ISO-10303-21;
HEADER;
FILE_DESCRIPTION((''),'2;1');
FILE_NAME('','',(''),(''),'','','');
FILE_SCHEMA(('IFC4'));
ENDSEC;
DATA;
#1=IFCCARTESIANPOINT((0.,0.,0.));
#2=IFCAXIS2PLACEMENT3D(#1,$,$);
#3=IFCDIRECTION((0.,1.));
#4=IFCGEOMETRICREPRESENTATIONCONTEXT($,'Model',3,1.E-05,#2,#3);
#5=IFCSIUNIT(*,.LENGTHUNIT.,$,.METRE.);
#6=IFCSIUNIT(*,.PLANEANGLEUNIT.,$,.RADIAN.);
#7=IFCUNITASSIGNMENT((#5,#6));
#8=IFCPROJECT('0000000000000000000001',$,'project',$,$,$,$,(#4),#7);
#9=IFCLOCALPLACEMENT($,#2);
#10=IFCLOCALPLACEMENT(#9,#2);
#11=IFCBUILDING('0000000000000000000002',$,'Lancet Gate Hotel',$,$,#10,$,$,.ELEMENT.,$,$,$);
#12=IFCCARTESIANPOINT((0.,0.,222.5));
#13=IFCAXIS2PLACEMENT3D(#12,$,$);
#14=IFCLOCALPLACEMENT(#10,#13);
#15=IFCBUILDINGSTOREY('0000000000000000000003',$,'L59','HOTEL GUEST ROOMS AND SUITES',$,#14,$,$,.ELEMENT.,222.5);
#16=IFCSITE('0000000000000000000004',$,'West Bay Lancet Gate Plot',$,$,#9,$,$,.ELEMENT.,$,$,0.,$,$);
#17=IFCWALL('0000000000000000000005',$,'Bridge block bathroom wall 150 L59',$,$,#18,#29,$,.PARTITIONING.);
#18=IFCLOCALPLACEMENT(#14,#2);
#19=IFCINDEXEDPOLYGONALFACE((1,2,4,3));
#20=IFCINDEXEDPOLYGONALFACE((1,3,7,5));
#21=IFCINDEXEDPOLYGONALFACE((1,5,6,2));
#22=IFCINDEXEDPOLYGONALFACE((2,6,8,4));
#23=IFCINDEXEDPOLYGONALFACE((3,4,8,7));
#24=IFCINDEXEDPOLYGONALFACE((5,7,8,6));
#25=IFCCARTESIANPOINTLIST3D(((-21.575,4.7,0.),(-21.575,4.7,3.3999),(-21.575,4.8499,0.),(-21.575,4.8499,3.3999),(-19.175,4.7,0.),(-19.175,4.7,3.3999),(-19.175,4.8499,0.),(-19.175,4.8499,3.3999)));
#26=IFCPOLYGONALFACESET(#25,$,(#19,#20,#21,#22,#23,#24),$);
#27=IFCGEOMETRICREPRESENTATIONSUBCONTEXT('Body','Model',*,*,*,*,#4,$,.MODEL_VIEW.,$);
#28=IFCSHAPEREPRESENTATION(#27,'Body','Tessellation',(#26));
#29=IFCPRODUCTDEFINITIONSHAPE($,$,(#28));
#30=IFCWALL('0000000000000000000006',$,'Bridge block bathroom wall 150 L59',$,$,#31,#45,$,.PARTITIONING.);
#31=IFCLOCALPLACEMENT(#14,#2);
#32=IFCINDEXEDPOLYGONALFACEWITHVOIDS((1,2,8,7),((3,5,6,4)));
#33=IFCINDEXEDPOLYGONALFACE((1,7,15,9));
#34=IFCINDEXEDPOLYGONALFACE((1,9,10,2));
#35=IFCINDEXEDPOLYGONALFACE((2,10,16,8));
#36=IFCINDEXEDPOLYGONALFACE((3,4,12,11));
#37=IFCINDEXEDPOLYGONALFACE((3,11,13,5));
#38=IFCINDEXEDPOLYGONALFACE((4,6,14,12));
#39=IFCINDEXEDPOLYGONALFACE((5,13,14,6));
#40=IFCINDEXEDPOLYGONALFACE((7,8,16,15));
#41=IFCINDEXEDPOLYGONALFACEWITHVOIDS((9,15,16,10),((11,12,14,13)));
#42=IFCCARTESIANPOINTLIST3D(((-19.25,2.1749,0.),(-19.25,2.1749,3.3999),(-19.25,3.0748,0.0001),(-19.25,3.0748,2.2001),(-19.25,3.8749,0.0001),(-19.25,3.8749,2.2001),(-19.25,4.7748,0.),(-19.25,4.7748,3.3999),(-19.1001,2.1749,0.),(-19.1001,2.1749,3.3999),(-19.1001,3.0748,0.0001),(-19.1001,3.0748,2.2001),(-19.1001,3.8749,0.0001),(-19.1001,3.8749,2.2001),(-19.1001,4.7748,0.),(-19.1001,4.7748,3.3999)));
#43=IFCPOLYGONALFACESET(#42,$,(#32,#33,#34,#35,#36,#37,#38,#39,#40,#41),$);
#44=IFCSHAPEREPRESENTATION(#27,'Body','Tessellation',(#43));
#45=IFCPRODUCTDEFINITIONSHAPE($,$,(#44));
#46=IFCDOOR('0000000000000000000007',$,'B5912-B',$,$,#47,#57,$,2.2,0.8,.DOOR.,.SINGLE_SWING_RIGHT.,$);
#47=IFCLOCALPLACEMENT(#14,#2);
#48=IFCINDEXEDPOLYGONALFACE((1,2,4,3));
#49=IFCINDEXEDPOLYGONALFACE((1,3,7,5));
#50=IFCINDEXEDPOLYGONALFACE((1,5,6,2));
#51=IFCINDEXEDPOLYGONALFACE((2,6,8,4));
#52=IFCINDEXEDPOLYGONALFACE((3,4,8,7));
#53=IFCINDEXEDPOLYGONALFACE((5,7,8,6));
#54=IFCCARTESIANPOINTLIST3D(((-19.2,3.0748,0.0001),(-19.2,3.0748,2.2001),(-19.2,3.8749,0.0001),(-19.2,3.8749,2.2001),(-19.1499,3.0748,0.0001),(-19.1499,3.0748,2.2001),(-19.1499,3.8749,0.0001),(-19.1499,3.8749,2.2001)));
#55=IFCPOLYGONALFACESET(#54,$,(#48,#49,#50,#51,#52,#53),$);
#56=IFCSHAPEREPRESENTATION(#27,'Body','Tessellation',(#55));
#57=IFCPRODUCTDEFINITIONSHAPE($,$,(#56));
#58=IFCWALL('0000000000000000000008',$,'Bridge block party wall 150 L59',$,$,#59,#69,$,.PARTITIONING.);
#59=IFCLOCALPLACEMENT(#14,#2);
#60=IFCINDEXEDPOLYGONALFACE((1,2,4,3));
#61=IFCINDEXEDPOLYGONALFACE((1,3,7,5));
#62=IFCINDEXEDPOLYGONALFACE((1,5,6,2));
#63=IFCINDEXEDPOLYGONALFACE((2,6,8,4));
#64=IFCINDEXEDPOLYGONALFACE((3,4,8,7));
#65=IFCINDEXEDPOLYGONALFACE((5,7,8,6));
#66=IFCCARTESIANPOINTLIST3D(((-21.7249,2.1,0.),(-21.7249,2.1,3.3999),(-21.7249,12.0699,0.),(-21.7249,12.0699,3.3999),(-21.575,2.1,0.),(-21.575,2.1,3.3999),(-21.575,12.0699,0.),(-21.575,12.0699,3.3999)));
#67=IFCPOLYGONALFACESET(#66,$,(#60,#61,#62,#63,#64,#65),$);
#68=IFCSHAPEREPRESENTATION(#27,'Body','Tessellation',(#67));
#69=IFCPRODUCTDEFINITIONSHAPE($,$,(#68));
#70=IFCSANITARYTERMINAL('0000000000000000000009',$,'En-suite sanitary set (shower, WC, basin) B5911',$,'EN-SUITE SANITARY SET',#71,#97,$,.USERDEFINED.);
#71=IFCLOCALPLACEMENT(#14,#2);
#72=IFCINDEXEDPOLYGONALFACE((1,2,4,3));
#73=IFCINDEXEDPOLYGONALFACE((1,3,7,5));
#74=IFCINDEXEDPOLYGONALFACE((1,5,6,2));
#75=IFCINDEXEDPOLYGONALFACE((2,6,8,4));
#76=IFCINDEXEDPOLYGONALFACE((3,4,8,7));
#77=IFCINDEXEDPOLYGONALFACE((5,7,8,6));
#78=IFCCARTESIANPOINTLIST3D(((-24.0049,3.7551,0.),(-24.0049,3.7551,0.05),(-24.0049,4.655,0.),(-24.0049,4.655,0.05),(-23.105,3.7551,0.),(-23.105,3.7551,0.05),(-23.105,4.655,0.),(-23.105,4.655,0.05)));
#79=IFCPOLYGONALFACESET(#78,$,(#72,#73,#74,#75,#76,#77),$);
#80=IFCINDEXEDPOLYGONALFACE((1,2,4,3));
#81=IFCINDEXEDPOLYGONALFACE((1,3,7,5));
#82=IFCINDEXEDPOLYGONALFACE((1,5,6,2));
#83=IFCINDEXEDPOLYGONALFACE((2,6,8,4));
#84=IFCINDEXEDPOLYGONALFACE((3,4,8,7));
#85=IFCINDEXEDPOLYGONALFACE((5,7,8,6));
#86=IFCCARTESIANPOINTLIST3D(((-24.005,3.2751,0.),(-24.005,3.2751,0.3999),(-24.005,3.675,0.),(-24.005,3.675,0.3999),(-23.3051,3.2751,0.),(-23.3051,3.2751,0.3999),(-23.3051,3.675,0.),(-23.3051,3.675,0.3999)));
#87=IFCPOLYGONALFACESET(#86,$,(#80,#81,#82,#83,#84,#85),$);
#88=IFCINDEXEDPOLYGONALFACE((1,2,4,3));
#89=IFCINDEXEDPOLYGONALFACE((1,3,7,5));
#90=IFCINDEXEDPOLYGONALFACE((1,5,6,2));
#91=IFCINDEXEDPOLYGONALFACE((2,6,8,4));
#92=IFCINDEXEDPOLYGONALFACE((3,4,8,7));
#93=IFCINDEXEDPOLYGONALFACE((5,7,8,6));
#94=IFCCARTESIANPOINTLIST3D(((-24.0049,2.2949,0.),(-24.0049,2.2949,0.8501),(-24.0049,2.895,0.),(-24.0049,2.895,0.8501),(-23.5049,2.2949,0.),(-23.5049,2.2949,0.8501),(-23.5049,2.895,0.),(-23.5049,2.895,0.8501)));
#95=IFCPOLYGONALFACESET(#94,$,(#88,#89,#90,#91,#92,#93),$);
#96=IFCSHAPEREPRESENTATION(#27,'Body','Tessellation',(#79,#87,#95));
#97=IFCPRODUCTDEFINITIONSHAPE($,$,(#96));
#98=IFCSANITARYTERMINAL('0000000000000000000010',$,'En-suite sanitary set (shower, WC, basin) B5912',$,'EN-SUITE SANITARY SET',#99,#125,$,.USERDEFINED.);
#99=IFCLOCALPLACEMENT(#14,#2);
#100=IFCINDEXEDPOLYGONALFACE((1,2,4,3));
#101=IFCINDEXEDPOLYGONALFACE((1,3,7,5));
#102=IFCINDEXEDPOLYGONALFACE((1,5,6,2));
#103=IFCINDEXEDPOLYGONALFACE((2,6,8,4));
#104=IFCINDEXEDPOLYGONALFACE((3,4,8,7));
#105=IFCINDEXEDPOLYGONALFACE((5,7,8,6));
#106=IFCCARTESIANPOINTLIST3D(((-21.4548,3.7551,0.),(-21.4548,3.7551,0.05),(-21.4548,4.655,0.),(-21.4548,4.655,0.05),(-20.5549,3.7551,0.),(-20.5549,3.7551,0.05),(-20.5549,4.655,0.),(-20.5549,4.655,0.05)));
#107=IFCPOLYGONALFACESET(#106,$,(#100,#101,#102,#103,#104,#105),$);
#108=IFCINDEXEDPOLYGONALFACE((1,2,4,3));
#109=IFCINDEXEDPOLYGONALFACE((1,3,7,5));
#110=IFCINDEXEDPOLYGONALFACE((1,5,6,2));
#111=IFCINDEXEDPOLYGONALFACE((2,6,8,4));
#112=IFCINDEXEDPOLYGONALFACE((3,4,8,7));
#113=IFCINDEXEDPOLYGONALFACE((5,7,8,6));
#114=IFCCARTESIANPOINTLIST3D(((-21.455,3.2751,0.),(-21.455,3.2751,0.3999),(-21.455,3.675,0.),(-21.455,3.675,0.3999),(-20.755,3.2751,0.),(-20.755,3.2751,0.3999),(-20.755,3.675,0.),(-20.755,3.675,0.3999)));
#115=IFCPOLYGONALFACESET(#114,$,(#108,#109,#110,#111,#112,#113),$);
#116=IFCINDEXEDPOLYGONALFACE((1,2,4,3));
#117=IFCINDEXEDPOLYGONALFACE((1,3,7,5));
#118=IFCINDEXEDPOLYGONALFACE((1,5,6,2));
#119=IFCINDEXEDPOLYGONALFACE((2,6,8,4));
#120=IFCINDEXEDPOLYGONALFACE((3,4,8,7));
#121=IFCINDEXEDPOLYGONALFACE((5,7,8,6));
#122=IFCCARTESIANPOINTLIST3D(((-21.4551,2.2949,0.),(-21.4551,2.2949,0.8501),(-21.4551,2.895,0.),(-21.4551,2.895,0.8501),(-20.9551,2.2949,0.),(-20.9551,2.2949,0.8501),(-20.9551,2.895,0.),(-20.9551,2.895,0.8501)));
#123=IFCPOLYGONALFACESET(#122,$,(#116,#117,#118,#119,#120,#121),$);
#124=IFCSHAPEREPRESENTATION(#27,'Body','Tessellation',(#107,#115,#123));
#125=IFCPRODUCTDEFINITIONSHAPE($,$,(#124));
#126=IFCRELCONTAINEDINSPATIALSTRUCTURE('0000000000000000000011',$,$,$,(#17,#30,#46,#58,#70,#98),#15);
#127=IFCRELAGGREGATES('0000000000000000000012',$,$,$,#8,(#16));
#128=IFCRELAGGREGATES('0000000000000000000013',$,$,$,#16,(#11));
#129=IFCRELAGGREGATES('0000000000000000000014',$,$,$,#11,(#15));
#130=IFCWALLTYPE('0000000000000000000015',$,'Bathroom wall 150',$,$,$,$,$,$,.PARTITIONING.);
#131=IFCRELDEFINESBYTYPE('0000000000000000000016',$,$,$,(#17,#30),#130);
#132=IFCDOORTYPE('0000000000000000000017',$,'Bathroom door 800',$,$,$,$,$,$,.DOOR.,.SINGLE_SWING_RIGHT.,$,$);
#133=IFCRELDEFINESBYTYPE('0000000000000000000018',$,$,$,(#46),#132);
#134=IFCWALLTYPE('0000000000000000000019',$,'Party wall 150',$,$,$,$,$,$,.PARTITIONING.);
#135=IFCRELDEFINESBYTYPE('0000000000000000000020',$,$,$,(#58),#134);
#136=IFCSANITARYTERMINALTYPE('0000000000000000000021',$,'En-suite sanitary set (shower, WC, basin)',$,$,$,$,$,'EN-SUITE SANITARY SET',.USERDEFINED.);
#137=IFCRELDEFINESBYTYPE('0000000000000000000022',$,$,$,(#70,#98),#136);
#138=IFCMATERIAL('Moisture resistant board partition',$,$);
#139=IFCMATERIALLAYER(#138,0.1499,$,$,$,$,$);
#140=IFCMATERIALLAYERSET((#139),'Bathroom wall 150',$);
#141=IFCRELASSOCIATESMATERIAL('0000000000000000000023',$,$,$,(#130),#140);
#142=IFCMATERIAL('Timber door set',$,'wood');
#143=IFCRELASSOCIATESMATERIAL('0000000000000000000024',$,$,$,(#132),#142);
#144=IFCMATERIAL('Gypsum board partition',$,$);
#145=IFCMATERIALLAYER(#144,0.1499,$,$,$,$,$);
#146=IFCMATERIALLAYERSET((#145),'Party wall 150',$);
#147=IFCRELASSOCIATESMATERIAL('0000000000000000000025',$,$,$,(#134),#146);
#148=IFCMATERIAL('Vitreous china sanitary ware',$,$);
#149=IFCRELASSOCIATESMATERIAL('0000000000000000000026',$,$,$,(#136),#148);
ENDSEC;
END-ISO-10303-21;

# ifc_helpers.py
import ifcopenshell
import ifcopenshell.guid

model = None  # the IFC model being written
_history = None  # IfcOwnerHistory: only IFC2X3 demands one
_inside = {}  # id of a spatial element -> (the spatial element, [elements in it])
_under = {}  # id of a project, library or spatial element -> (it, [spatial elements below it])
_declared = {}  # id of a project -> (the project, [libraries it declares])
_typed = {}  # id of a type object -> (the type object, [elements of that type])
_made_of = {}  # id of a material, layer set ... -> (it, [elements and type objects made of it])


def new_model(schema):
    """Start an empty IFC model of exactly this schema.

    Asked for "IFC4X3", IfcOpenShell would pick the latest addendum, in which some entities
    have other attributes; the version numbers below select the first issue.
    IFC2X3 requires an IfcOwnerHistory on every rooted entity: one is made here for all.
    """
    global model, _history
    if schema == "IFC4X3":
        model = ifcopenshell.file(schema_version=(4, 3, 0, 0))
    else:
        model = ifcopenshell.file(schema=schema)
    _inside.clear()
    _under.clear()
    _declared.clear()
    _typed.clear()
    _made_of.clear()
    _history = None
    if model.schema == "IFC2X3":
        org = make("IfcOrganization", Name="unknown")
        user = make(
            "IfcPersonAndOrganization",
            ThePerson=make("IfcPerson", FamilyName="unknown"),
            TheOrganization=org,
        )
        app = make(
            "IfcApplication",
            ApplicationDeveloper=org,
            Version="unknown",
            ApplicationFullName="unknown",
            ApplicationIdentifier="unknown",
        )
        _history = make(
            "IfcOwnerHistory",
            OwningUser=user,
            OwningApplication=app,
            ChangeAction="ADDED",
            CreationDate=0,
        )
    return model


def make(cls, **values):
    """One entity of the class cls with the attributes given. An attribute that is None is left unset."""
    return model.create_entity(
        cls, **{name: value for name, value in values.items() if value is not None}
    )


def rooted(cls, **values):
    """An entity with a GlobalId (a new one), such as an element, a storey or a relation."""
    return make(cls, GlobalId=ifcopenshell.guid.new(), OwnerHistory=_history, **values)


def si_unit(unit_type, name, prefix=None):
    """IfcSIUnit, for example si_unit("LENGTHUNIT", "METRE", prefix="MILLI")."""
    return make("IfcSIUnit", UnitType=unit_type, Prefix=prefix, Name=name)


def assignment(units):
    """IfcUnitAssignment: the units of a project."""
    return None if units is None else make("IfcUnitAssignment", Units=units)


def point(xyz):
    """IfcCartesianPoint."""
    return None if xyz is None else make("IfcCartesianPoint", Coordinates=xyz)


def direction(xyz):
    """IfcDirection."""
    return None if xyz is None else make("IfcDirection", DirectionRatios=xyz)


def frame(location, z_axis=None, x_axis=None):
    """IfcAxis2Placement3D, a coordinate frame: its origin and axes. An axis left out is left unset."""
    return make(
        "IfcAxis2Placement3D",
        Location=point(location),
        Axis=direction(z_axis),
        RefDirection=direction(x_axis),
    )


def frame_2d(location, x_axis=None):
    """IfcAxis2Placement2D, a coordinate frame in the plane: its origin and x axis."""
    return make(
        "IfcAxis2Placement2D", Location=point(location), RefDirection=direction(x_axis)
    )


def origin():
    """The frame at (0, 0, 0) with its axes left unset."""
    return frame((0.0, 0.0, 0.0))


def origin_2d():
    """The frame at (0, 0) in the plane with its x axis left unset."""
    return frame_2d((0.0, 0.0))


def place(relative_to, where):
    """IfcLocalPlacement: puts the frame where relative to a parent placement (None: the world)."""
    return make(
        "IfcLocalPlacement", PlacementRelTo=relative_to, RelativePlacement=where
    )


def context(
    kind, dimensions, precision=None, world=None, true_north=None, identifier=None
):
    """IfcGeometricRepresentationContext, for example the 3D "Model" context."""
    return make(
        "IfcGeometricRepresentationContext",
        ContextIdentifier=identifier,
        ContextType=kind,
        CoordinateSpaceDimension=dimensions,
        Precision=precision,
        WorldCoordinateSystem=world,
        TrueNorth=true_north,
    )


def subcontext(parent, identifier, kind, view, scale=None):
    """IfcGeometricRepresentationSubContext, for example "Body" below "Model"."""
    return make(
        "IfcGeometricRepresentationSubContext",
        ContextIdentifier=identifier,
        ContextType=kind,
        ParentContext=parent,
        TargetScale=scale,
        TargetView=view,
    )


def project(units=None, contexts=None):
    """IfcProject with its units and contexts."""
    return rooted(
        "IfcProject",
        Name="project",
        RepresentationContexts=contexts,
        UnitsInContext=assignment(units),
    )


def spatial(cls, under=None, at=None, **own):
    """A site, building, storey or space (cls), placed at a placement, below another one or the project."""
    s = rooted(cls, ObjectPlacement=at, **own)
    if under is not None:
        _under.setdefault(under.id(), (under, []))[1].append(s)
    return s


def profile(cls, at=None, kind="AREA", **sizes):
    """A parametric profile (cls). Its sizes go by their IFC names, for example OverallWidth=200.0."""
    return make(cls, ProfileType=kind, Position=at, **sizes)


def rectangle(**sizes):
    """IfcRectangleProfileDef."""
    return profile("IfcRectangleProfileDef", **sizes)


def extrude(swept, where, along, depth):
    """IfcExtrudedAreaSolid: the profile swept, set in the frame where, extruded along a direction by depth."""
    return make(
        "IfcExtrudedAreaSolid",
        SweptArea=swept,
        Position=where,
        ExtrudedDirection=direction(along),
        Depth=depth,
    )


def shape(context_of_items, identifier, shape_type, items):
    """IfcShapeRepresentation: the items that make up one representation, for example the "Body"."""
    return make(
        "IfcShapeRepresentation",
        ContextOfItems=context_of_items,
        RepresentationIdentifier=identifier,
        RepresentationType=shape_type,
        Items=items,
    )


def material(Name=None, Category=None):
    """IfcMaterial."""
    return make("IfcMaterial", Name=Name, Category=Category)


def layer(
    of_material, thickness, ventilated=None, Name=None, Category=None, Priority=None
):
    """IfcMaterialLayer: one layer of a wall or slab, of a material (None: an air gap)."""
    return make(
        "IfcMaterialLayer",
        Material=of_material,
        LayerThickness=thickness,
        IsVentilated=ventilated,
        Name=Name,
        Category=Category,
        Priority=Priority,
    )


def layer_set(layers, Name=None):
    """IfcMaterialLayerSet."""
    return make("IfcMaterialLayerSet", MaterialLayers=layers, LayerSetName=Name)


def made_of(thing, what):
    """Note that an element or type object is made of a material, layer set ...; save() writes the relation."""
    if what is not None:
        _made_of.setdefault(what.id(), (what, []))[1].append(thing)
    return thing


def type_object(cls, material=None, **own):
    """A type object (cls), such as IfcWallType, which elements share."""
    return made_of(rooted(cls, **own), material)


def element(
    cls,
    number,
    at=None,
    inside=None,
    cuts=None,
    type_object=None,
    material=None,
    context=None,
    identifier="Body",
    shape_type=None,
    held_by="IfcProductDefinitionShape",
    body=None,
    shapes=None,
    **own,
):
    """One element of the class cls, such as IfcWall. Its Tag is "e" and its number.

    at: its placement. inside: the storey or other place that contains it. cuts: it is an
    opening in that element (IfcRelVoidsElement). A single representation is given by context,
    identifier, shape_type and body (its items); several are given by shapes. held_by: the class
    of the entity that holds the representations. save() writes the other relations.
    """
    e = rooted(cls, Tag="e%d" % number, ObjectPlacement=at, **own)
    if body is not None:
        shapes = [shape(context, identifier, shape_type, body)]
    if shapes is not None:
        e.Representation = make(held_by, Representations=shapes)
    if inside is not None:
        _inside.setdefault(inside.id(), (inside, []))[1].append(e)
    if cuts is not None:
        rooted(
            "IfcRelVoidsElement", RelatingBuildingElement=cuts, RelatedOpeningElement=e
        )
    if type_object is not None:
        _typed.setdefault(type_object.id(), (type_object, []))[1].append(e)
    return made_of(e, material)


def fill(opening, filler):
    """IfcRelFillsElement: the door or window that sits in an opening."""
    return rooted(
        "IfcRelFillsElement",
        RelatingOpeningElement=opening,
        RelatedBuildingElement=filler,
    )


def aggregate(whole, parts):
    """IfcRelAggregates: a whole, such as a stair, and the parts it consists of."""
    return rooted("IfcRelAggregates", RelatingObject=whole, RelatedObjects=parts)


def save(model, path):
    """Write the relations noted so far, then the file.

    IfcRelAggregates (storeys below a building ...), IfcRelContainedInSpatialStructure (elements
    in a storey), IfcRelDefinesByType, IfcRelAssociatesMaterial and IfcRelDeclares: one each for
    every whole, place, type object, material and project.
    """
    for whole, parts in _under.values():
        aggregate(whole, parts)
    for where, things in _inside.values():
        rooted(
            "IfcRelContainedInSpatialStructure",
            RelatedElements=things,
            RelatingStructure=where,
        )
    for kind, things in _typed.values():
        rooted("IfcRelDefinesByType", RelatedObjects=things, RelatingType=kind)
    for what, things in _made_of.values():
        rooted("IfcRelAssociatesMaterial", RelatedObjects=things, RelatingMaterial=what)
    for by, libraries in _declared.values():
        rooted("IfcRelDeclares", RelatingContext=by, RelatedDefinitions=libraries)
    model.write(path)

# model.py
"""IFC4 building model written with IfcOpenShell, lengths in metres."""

from ifc_helpers import new_model, si_unit, direction, frame, frame_2d, origin, origin_2d, place, context, subcontext, project, spatial, rectangle, extrude, material, layer, layer_set, type_object, element, fill, save


model = new_model("IFC4")

# Units and contexts
model_context = context("Model", 3, precision=1e-05, world=origin(), true_north=direction((0.0, 1.0)))
body_context = subcontext(model_context, "Body", "Model", "MODEL_VIEW")
ifc_project = project(units=[si_unit("LENGTHUNIT", "METRE"), si_unit("PLANEANGLEUNIT", "RADIAN")], contexts=[model_context])

# Site, building, storey
site_placement = place(None, origin())
site = spatial("IfcSite", under=ifc_project, at=site_placement, Name="West Bay Lancet Gate Plot", CompositionType="ELEMENT", RefElevation=0.0)
building_placement = place(site_placement, origin())
building = spatial("IfcBuilding", under=site, at=building_placement, Name="Lancet Gate Hotel", CompositionType="ELEMENT")
storey_placement = place(building_placement, frame((0.0, 0.0, 222.5)))
storey = spatial("IfcBuildingStorey", under=building, at=storey_placement, Name="L59", Description="HOTEL GUEST ROOMS AND SUITES", CompositionType="ELEMENT", Elevation=222.5)

# Shared definitions
ifc_material_1 = material(Name="Moisture resistant board partition")
ifc_layer_1 = layer(ifc_material_1, 0.1499)
ifc_layer_set_1 = layer_set([ifc_layer_1], Name="Bathroom wall 150")
wall_type_1 = type_object("IfcWallType", Name="Bathroom wall 150", PredefinedType="PARTITIONING", material=ifc_layer_set_1)

# Shared definitions
ifc_material_2 = material(Name="Timber door set", Category="wood")
door_type = type_object("IfcDoorType", Name="Bathroom door 800", OperationType="SINGLE_SWING_RIGHT", PredefinedType="DOOR", material=ifc_material_2)

# Wall
wall_1_placement = place(storey_placement, frame((-21.575, 4.7749, 0.0), z_axis=(0.0, 0.0, 1.0), x_axis=(1.0, 0.0, 0.0)))
element("IfcWall", 1, at=wall_1_placement, inside=storey, type_object=wall_type_1, Name="Bridge block bathroom wall 150 L59", PredefinedType="PARTITIONING", context=body_context, shape_type="SweptSolid", body=[
    extrude(rectangle(XDim=2.3999, YDim=0.1499, at=frame_2d((1.2, 0.0))), origin(), (0.0, 0.0, 1.0), 3.3999),
])

# Wall, opening, door
wall_2_placement = place(storey_placement, frame((-19.175, 2.175, 0.0), z_axis=(0.0, 0.0, 1.0), x_axis=(0.0, 1.0, 0.0)))
wall_2 = element("IfcWall", 2, at=wall_2_placement, inside=storey, type_object=wall_type_1, Name="Bridge block bathroom wall 150 L59", PredefinedType="PARTITIONING", context=body_context, shape_type="SweptSolid", body=[
    extrude(rectangle(XDim=2.5999, YDim=0.1499, at=frame_2d((1.2998, 0.0))), origin(), (0.0, 0.0, 1.0), 3.3999),
])
opening_1_placement = place(wall_2_placement, frame((0.8999, 0.0, 0.0)))
opening_1 = element("IfcOpeningElement", 3, at=opening_1_placement, cuts=wall_2, PredefinedType="OPENING", context=body_context, shape_type="SweptSolid", body=[
    extrude(rectangle(XDim=0.8, YDim=2.2, at=frame_2d((0.3999, 1.1001))), frame((0.0, 0.085, 0.0), z_axis=(0.0, -1.0, 0.0), x_axis=(1.0, 0.0, 0.0)), (0.0, 0.0, 1.0), 0.1699),
])
door_1_placement = place(opening_1_placement, origin())
door_1 = element("IfcDoor", 4, at=door_1_placement, inside=storey, type_object=door_type, Name="B5912-B", OperationType="SINGLE_SWING_RIGHT", OverallHeight=2.2, OverallWidth=0.8, PredefinedType="DOOR", context=body_context, shape_type="SweptSolid", body=[
    extrude(rectangle(XDim=0.8, YDim=2.2, at=frame_2d((0.3999, 1.1001))), frame((0.0, 0.0249, 0.0), z_axis=(0.0, -1.0, 0.0), x_axis=(1.0, 0.0, 0.0)), (0.0, 0.0, 1.0), 0.05),
])
fill(opening_1, door_1)

# Wall
ifc_material_3 = material(Name="Gypsum board partition")
ifc_layer_2 = layer(ifc_material_3, 0.1499)
ifc_layer_set_2 = layer_set([ifc_layer_2], Name="Party wall 150")
wall_type_2 = type_object("IfcWallType", Name="Party wall 150", PredefinedType="PARTITIONING", material=ifc_layer_set_2)
wall_3_placement = place(storey_placement, frame((-21.6499, 2.1001, 0.0), z_axis=(0.0, 0.0, 1.0), x_axis=(0.0, 1.0, 0.0)))
element("IfcWall", 5, at=wall_3_placement, inside=storey, type_object=wall_type_2, Name="Bridge block party wall 150 L59", PredefinedType="PARTITIONING", context=body_context, shape_type="SweptSolid", body=[
    extrude(rectangle(XDim=9.97, YDim=0.1499, at=frame_2d((4.9849, 0.0))), origin(), (0.0, 0.0, 1.0), 3.3999),
])

# Sanitary terminals
ifc_material_4 = material(Name="Vitreous china sanitary ware")
sanitary_terminal_type = type_object("IfcSanitaryTerminalType", Name="En-suite sanitary set (shower, WC, basin)", ElementType="EN-SUITE SANITARY SET", PredefinedType="USERDEFINED", material=ifc_material_4)
sanitary_terminal_1_placement = place(storey_placement, frame((-23.5549, 4.2051, 0.0), z_axis=(0.0, 0.0, 1.0), x_axis=(1.0, 0.0, 0.0)))
element("IfcSanitaryTerminal", 6, at=sanitary_terminal_1_placement, inside=storey, type_object=sanitary_terminal_type, Name="En-suite sanitary set (shower, WC, basin) B5911", ObjectType="EN-SUITE SANITARY SET", PredefinedType="USERDEFINED", context=body_context, shape_type="SweptSolid", body=[
    extrude(rectangle(XDim=0.8999, YDim=0.8999, at=origin_2d()), frame((0.0, 0.0, 0.0), z_axis=(0.0, 0.0, 1.0), x_axis=(0.0, 1.0, 0.0)), (0.0, 0.0, 1.0), 0.05),
    extrude(rectangle(XDim=0.3999, YDim=0.7, at=origin_2d()), frame((-0.1001, -0.73, 0.0), z_axis=(0.0, 0.0, 1.0), x_axis=(0.0, 1.0, 0.0)), (0.0, 0.0, 1.0), 0.3999),
    extrude(rectangle(XDim=0.6001, YDim=0.5, at=origin_2d()), frame((-0.2, -1.6101, 0.0), z_axis=(0.0, 0.0, 1.0), x_axis=(0.0, 1.0, 0.0)), (0.0, 0.0, 1.0), 0.8501),
])
sanitary_terminal_2_placement = place(storey_placement, frame((-21.0049, 4.2051, 0.0), z_axis=(0.0, 0.0, 1.0), x_axis=(1.0, 0.0, 0.0)))
element("IfcSanitaryTerminal", 7, at=sanitary_terminal_2_placement, inside=storey, type_object=sanitary_terminal_type, Name="En-suite sanitary set (shower, WC, basin) B5912", ObjectType="EN-SUITE SANITARY SET", PredefinedType="USERDEFINED", context=body_context, shape_type="SweptSolid", body=[
    extrude(rectangle(XDim=0.8999, YDim=0.8999, at=origin_2d()), frame((0.0, 0.0, 0.0), z_axis=(0.0, 0.0, 1.0), x_axis=(0.0, 1.0, 0.0)), (0.0, 0.0, 1.0), 0.05),
    extrude(rectangle(XDim=0.3999, YDim=0.7, at=origin_2d()), frame((-0.1001, -0.73, 0.0), z_axis=(0.0, 0.0, 1.0), x_axis=(0.0, 1.0, 0.0)), (0.0, 0.0, 1.0), 0.3999),
    extrude(rectangle(XDim=0.6001, YDim=0.5, at=origin_2d()), frame((-0.2002, -1.6101, 0.0), z_axis=(0.0, 0.0, 1.0), x_axis=(0.0, 1.0, 0.0)), (0.0, 0.0, 1.0), 0.8501),
])

save(model, "model.ifc")
